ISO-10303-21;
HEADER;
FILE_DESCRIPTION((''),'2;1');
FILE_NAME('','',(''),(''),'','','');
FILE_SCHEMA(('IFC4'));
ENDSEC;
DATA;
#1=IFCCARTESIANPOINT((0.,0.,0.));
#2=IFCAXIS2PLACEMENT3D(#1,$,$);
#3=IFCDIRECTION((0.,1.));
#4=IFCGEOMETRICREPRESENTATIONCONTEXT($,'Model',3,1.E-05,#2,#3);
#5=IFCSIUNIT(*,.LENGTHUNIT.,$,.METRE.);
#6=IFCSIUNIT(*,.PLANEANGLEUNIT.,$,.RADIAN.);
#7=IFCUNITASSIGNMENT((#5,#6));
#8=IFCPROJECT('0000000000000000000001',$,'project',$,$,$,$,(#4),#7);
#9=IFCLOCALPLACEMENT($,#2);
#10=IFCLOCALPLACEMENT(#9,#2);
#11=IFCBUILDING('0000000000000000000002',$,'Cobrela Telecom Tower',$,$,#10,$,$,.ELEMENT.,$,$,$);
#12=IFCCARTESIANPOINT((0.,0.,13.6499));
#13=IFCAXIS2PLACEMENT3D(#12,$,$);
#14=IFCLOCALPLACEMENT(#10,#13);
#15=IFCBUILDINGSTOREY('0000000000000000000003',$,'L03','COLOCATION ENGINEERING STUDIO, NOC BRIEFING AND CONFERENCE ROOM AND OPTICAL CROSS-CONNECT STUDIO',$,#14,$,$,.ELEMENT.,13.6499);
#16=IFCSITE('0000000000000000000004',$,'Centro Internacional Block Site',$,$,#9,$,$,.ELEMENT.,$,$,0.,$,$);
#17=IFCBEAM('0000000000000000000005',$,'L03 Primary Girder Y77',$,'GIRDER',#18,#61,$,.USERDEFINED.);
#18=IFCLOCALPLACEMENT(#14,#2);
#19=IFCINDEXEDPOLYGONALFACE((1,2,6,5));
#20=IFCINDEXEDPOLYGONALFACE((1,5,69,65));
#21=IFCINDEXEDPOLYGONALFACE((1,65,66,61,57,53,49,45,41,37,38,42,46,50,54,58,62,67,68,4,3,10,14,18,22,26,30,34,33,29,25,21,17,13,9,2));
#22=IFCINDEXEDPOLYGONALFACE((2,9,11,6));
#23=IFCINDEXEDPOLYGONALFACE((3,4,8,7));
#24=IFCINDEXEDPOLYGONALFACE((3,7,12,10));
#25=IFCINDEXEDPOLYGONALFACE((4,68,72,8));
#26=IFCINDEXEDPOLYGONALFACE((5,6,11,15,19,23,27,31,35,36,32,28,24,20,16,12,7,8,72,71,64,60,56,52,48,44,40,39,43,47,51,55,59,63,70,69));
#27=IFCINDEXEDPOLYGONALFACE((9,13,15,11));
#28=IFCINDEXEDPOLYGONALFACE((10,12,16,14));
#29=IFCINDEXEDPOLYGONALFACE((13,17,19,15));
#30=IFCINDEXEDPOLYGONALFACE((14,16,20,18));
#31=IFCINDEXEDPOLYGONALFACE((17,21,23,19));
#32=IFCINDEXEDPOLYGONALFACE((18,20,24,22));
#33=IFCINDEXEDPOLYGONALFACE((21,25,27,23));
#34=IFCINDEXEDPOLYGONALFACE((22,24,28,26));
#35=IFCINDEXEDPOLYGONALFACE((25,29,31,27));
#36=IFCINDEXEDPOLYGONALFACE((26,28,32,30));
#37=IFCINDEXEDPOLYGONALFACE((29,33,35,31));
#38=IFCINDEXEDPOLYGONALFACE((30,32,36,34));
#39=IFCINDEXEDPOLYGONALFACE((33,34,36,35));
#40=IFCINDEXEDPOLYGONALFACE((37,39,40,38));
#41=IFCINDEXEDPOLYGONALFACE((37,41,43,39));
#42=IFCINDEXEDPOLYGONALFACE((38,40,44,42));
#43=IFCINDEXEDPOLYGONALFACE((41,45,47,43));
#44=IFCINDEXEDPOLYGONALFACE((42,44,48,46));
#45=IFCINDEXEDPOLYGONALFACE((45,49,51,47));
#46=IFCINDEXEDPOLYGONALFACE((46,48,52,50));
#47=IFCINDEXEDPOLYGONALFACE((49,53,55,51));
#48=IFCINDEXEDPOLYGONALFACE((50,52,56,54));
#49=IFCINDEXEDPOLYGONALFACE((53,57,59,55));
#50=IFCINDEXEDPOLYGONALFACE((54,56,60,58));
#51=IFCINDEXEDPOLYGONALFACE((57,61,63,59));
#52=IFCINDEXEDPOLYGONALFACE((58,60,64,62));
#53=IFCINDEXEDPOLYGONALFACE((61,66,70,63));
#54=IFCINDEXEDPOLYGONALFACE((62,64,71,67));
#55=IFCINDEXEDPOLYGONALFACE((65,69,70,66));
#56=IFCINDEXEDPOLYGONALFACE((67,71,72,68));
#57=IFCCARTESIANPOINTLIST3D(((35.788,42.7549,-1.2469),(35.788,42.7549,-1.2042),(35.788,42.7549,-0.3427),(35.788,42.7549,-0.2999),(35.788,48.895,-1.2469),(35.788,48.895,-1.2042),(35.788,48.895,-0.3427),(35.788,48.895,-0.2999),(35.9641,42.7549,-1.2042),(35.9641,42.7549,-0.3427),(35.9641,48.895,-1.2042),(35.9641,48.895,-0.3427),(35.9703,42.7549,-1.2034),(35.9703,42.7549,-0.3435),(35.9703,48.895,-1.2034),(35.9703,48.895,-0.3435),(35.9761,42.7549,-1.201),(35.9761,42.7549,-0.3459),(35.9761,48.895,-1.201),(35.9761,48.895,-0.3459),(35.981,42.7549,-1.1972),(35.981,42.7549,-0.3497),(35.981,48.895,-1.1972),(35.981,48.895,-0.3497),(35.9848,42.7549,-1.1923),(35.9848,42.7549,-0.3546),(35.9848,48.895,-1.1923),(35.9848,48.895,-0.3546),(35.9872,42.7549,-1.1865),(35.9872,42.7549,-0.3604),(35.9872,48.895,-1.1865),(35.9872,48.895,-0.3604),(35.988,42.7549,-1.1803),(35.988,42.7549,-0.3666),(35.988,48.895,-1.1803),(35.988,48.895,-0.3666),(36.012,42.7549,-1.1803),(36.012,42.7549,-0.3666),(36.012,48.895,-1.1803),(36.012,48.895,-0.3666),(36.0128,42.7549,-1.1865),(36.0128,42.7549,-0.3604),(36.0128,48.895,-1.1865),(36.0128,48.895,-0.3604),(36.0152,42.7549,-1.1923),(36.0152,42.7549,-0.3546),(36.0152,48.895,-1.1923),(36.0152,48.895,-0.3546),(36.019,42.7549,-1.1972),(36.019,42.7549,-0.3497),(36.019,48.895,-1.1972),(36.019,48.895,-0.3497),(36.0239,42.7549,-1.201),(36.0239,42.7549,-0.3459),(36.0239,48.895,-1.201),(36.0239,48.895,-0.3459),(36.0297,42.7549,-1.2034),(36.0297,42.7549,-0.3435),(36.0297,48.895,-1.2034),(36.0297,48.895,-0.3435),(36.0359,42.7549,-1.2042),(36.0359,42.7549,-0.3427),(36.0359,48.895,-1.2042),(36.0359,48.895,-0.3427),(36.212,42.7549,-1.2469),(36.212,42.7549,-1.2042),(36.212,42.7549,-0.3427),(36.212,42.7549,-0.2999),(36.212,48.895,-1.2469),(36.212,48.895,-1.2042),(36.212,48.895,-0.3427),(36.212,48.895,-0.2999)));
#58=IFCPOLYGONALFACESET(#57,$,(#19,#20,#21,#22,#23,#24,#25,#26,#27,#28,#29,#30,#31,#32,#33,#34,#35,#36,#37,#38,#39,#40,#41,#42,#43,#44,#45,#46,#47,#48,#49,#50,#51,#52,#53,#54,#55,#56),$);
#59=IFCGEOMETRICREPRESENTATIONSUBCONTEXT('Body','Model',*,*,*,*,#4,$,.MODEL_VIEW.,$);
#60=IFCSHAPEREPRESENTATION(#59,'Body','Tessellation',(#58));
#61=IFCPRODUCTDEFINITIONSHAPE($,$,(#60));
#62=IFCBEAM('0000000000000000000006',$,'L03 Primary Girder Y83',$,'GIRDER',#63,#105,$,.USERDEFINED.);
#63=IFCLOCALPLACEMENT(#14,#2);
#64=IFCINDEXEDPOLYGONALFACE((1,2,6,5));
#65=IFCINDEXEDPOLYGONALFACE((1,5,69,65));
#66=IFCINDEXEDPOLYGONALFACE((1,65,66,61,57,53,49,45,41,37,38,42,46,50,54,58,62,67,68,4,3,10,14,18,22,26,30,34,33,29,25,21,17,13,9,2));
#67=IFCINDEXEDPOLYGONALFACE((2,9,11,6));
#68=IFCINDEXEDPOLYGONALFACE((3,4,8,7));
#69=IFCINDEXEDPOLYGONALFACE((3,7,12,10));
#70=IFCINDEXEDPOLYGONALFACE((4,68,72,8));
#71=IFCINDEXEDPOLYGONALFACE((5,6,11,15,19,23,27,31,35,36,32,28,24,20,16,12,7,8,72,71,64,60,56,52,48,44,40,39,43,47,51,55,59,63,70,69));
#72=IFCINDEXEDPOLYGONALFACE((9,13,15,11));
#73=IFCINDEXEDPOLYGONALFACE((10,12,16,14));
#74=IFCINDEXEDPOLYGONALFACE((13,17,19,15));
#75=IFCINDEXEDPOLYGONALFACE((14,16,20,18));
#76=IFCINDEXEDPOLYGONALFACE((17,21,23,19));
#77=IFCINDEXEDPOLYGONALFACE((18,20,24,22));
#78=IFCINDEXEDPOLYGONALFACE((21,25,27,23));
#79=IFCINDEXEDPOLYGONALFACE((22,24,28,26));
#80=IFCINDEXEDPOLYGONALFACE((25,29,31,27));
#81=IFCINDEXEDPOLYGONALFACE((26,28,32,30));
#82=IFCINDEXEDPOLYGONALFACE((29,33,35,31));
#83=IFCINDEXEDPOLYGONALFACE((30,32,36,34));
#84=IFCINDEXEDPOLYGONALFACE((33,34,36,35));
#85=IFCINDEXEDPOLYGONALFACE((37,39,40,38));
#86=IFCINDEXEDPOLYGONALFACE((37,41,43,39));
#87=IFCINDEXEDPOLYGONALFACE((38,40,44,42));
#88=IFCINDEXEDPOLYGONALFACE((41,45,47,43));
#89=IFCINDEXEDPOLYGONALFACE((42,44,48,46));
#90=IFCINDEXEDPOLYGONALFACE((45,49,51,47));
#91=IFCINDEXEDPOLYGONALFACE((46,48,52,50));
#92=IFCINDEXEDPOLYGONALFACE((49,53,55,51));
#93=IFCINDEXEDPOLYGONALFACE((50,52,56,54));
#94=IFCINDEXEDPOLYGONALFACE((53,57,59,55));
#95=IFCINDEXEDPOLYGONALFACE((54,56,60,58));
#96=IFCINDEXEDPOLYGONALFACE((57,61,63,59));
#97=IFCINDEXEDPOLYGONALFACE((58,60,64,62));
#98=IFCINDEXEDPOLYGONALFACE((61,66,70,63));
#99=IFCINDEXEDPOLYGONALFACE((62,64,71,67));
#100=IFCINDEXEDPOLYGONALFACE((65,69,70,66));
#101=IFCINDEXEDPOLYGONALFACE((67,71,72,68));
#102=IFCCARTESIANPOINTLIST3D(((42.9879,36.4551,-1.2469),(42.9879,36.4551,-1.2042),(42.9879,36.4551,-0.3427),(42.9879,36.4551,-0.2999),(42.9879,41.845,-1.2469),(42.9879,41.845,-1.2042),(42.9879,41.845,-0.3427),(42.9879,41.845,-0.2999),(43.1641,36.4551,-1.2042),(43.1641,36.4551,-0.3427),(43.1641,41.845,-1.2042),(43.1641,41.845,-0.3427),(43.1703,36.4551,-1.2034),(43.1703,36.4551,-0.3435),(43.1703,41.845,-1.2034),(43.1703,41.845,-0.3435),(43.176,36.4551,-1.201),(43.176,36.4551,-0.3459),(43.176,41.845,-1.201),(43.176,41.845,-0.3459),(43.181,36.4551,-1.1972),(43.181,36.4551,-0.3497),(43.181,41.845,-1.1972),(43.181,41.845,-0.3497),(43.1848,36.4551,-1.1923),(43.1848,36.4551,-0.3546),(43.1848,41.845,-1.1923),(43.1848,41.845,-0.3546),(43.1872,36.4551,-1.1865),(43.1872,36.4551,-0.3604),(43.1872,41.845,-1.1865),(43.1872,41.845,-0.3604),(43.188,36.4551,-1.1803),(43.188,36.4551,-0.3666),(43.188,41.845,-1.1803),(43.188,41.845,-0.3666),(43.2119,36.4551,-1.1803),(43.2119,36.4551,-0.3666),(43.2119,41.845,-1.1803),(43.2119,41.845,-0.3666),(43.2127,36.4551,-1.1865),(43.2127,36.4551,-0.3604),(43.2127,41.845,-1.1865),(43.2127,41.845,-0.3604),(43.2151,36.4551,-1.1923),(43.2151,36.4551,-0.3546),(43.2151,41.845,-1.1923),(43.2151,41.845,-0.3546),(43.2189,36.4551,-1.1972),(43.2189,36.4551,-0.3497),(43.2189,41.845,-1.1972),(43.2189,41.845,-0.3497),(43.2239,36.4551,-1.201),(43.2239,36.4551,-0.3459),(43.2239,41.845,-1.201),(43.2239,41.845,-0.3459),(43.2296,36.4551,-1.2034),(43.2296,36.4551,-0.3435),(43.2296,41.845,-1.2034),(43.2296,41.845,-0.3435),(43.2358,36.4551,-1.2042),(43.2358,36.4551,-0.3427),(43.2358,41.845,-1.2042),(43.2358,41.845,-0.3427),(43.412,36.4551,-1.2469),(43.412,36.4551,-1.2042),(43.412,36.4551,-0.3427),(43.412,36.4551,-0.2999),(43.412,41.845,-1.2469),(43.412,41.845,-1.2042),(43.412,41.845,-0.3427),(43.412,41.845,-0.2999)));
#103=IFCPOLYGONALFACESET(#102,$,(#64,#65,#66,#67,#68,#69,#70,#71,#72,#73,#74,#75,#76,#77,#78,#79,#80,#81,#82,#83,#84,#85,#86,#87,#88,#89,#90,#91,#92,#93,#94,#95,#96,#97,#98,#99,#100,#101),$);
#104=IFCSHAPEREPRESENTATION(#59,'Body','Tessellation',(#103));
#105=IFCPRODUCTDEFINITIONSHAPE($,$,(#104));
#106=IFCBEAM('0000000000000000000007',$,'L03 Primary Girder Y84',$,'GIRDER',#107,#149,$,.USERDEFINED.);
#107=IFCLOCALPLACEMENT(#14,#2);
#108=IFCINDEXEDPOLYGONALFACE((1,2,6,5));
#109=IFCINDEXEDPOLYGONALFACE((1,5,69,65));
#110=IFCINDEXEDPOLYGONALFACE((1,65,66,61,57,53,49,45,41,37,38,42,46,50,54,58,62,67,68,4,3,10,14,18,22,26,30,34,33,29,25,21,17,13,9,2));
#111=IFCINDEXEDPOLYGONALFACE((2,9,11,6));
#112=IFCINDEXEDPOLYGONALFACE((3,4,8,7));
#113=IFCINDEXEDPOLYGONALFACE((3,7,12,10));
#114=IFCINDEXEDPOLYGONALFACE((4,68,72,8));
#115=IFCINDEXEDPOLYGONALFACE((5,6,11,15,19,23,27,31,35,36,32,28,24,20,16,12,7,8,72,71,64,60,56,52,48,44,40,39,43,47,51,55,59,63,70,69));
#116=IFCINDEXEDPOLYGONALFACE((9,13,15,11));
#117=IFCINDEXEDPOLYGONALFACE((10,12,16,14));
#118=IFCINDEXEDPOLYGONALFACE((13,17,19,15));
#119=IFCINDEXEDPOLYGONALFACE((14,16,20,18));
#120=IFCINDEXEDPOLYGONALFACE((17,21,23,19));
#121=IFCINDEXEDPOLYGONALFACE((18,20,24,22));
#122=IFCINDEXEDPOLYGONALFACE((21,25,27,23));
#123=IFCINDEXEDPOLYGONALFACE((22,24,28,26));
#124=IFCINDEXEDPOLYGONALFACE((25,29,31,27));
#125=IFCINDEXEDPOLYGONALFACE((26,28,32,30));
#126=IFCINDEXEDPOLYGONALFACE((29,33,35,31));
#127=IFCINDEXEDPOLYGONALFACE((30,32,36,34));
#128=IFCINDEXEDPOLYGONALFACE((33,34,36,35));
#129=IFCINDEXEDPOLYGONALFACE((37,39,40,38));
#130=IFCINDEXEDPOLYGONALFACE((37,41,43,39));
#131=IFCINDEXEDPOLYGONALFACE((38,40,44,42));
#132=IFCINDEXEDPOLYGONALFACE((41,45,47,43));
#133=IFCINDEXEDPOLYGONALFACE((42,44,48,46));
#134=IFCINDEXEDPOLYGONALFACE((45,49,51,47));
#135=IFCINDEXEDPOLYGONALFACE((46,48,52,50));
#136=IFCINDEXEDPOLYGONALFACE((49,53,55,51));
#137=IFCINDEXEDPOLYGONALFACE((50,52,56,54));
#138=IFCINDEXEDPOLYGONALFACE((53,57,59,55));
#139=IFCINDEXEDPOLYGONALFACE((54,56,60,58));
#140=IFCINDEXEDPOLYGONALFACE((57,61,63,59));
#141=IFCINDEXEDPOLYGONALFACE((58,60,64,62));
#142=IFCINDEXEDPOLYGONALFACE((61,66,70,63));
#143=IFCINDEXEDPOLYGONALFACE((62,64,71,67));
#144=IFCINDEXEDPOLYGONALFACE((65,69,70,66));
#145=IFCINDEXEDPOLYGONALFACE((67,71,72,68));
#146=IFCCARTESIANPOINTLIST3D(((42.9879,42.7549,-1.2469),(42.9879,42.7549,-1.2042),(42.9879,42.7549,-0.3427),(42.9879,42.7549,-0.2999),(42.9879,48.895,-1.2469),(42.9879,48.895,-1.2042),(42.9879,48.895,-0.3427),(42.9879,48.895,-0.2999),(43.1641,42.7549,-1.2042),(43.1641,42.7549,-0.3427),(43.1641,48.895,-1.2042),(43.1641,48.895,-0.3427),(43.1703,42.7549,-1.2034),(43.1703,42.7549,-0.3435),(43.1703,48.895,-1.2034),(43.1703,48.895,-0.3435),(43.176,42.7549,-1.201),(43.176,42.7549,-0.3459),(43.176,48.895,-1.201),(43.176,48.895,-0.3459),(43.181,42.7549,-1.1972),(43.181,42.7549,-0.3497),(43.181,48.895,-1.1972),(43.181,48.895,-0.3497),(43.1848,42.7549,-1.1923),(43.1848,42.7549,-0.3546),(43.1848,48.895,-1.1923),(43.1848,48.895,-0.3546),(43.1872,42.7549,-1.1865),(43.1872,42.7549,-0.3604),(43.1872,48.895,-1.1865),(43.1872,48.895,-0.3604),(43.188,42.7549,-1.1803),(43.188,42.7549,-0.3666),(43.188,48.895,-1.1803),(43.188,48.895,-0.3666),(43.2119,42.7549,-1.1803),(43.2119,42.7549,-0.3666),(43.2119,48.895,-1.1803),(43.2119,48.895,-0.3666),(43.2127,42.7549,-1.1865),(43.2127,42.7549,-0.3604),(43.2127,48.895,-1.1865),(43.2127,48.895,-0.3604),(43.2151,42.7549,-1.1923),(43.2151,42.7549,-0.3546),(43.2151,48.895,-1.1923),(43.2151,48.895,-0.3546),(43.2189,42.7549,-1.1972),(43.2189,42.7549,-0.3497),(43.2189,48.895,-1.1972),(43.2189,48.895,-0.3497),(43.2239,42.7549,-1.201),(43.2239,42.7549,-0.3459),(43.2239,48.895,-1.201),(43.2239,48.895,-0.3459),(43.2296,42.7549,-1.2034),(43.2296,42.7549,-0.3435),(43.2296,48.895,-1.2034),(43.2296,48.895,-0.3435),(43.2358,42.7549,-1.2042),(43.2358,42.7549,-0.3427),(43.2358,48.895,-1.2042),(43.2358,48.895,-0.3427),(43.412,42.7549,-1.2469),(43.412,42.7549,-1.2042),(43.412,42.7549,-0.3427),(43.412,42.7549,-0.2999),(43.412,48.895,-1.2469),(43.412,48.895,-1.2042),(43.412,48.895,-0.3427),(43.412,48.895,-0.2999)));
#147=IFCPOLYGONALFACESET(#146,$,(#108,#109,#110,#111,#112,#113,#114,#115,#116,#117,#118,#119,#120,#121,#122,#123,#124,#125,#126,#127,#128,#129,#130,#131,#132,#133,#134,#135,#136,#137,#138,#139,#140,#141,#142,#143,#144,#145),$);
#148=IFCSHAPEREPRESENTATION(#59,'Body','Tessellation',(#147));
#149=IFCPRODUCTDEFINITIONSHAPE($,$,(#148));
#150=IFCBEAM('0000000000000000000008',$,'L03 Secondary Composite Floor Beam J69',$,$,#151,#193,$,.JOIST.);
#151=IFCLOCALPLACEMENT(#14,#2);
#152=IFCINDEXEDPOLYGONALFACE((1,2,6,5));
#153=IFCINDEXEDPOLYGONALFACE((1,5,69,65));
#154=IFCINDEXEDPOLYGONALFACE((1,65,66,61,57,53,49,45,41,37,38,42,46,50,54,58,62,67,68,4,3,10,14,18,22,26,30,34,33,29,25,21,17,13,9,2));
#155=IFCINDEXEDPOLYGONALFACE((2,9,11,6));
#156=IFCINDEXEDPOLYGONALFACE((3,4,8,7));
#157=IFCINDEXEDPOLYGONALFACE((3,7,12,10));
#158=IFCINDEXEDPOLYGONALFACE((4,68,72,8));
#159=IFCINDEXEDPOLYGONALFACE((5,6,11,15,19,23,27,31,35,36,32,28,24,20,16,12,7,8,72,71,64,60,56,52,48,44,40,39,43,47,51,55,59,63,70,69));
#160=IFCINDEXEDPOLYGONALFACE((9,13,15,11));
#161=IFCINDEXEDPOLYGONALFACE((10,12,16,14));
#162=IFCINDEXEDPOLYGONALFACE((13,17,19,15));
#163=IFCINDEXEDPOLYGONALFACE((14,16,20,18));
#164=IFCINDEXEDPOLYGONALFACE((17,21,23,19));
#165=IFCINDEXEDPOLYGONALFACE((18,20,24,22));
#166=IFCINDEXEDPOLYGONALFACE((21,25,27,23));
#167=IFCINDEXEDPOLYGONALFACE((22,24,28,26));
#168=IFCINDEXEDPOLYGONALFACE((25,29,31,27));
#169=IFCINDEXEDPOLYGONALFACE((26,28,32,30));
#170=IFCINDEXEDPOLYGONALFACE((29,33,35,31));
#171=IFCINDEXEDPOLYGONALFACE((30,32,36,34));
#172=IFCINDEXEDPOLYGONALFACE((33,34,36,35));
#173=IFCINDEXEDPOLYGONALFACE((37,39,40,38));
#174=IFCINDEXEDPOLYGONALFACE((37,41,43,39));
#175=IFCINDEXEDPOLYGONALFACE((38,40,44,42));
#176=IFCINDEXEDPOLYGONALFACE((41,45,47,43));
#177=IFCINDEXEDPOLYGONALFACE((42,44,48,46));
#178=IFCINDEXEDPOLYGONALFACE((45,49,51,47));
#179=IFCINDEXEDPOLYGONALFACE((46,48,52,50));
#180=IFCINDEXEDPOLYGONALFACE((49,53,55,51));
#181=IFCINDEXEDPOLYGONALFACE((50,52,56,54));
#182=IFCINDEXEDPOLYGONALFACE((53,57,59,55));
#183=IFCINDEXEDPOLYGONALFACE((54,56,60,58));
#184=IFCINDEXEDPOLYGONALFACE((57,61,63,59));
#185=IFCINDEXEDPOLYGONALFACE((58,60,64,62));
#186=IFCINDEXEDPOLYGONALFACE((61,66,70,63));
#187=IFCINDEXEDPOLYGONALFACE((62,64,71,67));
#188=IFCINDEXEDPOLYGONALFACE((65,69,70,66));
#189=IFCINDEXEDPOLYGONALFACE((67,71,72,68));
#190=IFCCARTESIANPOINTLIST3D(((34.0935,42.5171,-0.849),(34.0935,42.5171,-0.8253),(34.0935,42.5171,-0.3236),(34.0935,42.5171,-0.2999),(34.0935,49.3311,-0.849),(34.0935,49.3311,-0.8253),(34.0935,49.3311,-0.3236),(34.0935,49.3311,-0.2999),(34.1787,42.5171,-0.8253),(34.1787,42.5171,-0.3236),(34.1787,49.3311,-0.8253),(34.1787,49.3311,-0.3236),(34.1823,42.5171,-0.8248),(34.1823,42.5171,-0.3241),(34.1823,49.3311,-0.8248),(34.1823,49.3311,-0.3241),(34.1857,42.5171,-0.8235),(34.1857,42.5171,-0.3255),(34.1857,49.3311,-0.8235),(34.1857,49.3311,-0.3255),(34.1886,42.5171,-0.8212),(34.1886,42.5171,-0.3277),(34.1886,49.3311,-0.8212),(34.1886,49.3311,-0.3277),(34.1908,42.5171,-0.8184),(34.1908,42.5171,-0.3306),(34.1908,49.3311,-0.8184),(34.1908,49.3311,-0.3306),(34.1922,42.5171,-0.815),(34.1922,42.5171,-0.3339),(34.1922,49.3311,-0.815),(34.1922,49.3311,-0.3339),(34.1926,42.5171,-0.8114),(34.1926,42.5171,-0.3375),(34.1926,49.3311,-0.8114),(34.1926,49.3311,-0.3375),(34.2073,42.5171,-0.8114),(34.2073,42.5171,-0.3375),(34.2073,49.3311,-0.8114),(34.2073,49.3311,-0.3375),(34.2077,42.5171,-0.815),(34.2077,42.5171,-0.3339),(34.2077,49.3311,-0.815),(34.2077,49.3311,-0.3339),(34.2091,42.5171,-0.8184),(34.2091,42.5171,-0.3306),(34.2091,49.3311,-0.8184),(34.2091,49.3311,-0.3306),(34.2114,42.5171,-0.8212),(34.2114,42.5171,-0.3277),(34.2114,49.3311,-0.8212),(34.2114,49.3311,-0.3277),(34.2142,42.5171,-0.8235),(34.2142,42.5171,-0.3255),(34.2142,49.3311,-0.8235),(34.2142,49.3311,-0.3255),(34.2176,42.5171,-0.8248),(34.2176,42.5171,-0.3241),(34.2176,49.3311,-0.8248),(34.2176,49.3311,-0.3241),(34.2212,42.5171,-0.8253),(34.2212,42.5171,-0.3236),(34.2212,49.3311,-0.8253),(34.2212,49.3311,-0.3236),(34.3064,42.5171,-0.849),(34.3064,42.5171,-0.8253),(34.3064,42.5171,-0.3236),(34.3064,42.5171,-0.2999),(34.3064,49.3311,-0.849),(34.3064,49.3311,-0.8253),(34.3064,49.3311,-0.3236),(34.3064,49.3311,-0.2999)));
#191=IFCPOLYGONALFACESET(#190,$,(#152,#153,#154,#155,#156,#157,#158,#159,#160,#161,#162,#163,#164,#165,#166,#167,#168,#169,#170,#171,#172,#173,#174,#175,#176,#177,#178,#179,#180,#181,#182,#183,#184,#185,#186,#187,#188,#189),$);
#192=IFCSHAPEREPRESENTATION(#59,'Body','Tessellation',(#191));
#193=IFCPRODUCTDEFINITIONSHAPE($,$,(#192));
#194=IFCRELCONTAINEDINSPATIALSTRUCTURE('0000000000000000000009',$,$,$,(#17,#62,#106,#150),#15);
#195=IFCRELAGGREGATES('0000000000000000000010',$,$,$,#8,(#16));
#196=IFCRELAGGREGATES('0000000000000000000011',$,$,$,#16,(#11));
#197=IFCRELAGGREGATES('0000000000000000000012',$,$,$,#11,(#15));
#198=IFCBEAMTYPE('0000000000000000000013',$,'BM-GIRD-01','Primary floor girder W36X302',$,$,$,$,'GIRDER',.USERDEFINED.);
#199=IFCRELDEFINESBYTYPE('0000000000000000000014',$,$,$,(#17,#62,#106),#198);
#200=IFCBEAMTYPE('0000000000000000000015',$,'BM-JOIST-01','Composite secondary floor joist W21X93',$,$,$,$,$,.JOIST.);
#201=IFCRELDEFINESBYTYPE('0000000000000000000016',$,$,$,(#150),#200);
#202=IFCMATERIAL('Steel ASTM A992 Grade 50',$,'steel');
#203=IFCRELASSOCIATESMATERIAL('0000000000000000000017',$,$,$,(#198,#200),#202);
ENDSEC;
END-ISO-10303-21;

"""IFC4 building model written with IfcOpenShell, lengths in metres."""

from ifc_helpers import new_model, si_unit, direction, frame, origin, origin_2d, place, context, subcontext, project, spatial, i_section, extrude, material, material_profile, profile_set, type_object, element, save


model = new_model("IFC4")

# Units and contexts
model_context = context("Model", 3, precision=1e-05, world=origin(), true_north=direction((0.0, 1.0)))
body_context = subcontext(model_context, "Body", "Model", "MODEL_VIEW")
ifc_project = project(units=[si_unit("LENGTHUNIT", "METRE"), si_unit("PLANEANGLEUNIT", "RADIAN")], contexts=[model_context])

# Site, building, storey
site_placement = place(None, origin())
site = spatial("IfcSite", under=ifc_project, at=site_placement, Name="Centro Internacional Block Site", CompositionType="ELEMENT", RefElevation=0.0)
building_placement = place(site_placement, origin())
building = spatial("IfcBuilding", under=site, at=building_placement, Name="Cobrela Telecom Tower", CompositionType="ELEMENT")
storey_placement = place(building_placement, frame((0.0, 0.0, 13.6499)))
storey = spatial("IfcBuildingStorey", under=building, at=storey_placement, Name="L03", Description="COLOCATION ENGINEERING STUDIO, NOC BRIEFING AND CONFERENCE ROOM AND OPTICAL CROSS-CONNECT STUDIO", CompositionType="ELEMENT", Elevation=13.6499)

# Beams
ifc_material_1 = material(Name="Steel ASTM A992 Grade 50", Category="steel")
ifc_material_profile_1 = material_profile(ifc_material_1, i_section(OverallWidth=0.4241, OverallDepth=0.947, WebThickness=0.0239, FlangeThickness=0.0427, FilletRadius=0.0239, at=origin_2d()), Name="W36X302")
ifc_profile_set_1 = profile_set([ifc_material_profile_1], Name="Steel ASTM A992 Grade 50")
beam_type_1 = type_object("IfcBeamType", Name="BM-GIRD-01", Description="Primary floor girder W36X302", ElementType="GIRDER", PredefinedType="USERDEFINED", material=ifc_profile_set_1)
beam_1_placement = place(storey_placement, frame((36.0, 42.7549, -0.7734), z_axis=(0.0, 1.0, 0.0), x_axis=(-1.0, 0.0, 0.0)))
element("IfcBeam", 1, at=beam_1_placement, inside=storey, type_object=beam_type_1, Name="L03 Primary Girder Y77", ObjectType="GIRDER", PredefinedType="USERDEFINED", context=body_context, shape_type="SweptSolid", body=[
    extrude(i_section(OverallWidth=0.4241, OverallDepth=0.947, WebThickness=0.0239, FlangeThickness=0.0427, FilletRadius=0.0239, at=origin_2d()), origin(), (0.0, 0.0, 1.0), 6.1401),
])
beam_2_placement = place(storey_placement, frame((43.2, 36.4551, -0.7734), z_axis=(0.0, 1.0, 0.0), x_axis=(-1.0, 0.0, 0.0)))
element("IfcBeam", 2, at=beam_2_placement, inside=storey, type_object=beam_type_1, Name="L03 Primary Girder Y83", ObjectType="GIRDER", PredefinedType="USERDEFINED", context=body_context, shape_type="SweptSolid", body=[
    extrude(i_section(OverallWidth=0.4241, OverallDepth=0.947, WebThickness=0.0239, FlangeThickness=0.0427, FilletRadius=0.0239, at=origin_2d()), origin(), (0.0, 0.0, 1.0), 5.3899),
])
beam_3_placement = place(storey_placement, frame((43.2, 42.7549, -0.7734), z_axis=(0.0, 1.0, 0.0), x_axis=(-1.0, 0.0, 0.0)))
element("IfcBeam", 3, at=beam_3_placement, inside=storey, type_object=beam_type_1, Name="L03 Primary Girder Y84", ObjectType="GIRDER", PredefinedType="USERDEFINED", context=body_context, shape_type="SweptSolid", body=[
    extrude(i_section(OverallWidth=0.4241, OverallDepth=0.947, WebThickness=0.0239, FlangeThickness=0.0427, FilletRadius=0.0239, at=origin_2d()), origin(), (0.0, 0.0, 1.0), 6.1401),
])
ifc_material_profile_2 = material_profile(ifc_material_1, i_section(OverallWidth=0.2129, OverallDepth=0.5491, WebThickness=0.0146, FlangeThickness=0.0237, FilletRadius=0.0139, at=origin_2d()), Name="W21X93")
ifc_profile_set_2 = profile_set([ifc_material_profile_2], Name="Steel ASTM A992 Grade 50")
beam_type_2 = type_object("IfcBeamType", Name="BM-JOIST-01", Description="Composite secondary floor joist W21X93", PredefinedType="JOIST", material=ifc_profile_set_2)
for number, where, z_axis, x_axis, name in (
    (4, (34.2, 42.5171, -0.5745), (0.0, 1.0, 0.0), (-1.0, 0.0, 0.0), "L03 Secondary Composite Floor Beam J69"),
):
    element("IfcBeam", number, at=place(storey_placement, frame(where, z_axis=z_axis, x_axis=x_axis)), inside=storey, type_object=beam_type_2, Name=name, PredefinedType="JOIST", context=body_context, shape_type="SweptSolid", body=[
        extrude(i_section(OverallWidth=0.2129, OverallDepth=0.5491, WebThickness=0.0146, FlangeThickness=0.0237, FilletRadius=0.0139, at=origin_2d()), origin(), (0.0, 0.0, 1.0), 6.814),
    ])

save(model, "model.ifc")
